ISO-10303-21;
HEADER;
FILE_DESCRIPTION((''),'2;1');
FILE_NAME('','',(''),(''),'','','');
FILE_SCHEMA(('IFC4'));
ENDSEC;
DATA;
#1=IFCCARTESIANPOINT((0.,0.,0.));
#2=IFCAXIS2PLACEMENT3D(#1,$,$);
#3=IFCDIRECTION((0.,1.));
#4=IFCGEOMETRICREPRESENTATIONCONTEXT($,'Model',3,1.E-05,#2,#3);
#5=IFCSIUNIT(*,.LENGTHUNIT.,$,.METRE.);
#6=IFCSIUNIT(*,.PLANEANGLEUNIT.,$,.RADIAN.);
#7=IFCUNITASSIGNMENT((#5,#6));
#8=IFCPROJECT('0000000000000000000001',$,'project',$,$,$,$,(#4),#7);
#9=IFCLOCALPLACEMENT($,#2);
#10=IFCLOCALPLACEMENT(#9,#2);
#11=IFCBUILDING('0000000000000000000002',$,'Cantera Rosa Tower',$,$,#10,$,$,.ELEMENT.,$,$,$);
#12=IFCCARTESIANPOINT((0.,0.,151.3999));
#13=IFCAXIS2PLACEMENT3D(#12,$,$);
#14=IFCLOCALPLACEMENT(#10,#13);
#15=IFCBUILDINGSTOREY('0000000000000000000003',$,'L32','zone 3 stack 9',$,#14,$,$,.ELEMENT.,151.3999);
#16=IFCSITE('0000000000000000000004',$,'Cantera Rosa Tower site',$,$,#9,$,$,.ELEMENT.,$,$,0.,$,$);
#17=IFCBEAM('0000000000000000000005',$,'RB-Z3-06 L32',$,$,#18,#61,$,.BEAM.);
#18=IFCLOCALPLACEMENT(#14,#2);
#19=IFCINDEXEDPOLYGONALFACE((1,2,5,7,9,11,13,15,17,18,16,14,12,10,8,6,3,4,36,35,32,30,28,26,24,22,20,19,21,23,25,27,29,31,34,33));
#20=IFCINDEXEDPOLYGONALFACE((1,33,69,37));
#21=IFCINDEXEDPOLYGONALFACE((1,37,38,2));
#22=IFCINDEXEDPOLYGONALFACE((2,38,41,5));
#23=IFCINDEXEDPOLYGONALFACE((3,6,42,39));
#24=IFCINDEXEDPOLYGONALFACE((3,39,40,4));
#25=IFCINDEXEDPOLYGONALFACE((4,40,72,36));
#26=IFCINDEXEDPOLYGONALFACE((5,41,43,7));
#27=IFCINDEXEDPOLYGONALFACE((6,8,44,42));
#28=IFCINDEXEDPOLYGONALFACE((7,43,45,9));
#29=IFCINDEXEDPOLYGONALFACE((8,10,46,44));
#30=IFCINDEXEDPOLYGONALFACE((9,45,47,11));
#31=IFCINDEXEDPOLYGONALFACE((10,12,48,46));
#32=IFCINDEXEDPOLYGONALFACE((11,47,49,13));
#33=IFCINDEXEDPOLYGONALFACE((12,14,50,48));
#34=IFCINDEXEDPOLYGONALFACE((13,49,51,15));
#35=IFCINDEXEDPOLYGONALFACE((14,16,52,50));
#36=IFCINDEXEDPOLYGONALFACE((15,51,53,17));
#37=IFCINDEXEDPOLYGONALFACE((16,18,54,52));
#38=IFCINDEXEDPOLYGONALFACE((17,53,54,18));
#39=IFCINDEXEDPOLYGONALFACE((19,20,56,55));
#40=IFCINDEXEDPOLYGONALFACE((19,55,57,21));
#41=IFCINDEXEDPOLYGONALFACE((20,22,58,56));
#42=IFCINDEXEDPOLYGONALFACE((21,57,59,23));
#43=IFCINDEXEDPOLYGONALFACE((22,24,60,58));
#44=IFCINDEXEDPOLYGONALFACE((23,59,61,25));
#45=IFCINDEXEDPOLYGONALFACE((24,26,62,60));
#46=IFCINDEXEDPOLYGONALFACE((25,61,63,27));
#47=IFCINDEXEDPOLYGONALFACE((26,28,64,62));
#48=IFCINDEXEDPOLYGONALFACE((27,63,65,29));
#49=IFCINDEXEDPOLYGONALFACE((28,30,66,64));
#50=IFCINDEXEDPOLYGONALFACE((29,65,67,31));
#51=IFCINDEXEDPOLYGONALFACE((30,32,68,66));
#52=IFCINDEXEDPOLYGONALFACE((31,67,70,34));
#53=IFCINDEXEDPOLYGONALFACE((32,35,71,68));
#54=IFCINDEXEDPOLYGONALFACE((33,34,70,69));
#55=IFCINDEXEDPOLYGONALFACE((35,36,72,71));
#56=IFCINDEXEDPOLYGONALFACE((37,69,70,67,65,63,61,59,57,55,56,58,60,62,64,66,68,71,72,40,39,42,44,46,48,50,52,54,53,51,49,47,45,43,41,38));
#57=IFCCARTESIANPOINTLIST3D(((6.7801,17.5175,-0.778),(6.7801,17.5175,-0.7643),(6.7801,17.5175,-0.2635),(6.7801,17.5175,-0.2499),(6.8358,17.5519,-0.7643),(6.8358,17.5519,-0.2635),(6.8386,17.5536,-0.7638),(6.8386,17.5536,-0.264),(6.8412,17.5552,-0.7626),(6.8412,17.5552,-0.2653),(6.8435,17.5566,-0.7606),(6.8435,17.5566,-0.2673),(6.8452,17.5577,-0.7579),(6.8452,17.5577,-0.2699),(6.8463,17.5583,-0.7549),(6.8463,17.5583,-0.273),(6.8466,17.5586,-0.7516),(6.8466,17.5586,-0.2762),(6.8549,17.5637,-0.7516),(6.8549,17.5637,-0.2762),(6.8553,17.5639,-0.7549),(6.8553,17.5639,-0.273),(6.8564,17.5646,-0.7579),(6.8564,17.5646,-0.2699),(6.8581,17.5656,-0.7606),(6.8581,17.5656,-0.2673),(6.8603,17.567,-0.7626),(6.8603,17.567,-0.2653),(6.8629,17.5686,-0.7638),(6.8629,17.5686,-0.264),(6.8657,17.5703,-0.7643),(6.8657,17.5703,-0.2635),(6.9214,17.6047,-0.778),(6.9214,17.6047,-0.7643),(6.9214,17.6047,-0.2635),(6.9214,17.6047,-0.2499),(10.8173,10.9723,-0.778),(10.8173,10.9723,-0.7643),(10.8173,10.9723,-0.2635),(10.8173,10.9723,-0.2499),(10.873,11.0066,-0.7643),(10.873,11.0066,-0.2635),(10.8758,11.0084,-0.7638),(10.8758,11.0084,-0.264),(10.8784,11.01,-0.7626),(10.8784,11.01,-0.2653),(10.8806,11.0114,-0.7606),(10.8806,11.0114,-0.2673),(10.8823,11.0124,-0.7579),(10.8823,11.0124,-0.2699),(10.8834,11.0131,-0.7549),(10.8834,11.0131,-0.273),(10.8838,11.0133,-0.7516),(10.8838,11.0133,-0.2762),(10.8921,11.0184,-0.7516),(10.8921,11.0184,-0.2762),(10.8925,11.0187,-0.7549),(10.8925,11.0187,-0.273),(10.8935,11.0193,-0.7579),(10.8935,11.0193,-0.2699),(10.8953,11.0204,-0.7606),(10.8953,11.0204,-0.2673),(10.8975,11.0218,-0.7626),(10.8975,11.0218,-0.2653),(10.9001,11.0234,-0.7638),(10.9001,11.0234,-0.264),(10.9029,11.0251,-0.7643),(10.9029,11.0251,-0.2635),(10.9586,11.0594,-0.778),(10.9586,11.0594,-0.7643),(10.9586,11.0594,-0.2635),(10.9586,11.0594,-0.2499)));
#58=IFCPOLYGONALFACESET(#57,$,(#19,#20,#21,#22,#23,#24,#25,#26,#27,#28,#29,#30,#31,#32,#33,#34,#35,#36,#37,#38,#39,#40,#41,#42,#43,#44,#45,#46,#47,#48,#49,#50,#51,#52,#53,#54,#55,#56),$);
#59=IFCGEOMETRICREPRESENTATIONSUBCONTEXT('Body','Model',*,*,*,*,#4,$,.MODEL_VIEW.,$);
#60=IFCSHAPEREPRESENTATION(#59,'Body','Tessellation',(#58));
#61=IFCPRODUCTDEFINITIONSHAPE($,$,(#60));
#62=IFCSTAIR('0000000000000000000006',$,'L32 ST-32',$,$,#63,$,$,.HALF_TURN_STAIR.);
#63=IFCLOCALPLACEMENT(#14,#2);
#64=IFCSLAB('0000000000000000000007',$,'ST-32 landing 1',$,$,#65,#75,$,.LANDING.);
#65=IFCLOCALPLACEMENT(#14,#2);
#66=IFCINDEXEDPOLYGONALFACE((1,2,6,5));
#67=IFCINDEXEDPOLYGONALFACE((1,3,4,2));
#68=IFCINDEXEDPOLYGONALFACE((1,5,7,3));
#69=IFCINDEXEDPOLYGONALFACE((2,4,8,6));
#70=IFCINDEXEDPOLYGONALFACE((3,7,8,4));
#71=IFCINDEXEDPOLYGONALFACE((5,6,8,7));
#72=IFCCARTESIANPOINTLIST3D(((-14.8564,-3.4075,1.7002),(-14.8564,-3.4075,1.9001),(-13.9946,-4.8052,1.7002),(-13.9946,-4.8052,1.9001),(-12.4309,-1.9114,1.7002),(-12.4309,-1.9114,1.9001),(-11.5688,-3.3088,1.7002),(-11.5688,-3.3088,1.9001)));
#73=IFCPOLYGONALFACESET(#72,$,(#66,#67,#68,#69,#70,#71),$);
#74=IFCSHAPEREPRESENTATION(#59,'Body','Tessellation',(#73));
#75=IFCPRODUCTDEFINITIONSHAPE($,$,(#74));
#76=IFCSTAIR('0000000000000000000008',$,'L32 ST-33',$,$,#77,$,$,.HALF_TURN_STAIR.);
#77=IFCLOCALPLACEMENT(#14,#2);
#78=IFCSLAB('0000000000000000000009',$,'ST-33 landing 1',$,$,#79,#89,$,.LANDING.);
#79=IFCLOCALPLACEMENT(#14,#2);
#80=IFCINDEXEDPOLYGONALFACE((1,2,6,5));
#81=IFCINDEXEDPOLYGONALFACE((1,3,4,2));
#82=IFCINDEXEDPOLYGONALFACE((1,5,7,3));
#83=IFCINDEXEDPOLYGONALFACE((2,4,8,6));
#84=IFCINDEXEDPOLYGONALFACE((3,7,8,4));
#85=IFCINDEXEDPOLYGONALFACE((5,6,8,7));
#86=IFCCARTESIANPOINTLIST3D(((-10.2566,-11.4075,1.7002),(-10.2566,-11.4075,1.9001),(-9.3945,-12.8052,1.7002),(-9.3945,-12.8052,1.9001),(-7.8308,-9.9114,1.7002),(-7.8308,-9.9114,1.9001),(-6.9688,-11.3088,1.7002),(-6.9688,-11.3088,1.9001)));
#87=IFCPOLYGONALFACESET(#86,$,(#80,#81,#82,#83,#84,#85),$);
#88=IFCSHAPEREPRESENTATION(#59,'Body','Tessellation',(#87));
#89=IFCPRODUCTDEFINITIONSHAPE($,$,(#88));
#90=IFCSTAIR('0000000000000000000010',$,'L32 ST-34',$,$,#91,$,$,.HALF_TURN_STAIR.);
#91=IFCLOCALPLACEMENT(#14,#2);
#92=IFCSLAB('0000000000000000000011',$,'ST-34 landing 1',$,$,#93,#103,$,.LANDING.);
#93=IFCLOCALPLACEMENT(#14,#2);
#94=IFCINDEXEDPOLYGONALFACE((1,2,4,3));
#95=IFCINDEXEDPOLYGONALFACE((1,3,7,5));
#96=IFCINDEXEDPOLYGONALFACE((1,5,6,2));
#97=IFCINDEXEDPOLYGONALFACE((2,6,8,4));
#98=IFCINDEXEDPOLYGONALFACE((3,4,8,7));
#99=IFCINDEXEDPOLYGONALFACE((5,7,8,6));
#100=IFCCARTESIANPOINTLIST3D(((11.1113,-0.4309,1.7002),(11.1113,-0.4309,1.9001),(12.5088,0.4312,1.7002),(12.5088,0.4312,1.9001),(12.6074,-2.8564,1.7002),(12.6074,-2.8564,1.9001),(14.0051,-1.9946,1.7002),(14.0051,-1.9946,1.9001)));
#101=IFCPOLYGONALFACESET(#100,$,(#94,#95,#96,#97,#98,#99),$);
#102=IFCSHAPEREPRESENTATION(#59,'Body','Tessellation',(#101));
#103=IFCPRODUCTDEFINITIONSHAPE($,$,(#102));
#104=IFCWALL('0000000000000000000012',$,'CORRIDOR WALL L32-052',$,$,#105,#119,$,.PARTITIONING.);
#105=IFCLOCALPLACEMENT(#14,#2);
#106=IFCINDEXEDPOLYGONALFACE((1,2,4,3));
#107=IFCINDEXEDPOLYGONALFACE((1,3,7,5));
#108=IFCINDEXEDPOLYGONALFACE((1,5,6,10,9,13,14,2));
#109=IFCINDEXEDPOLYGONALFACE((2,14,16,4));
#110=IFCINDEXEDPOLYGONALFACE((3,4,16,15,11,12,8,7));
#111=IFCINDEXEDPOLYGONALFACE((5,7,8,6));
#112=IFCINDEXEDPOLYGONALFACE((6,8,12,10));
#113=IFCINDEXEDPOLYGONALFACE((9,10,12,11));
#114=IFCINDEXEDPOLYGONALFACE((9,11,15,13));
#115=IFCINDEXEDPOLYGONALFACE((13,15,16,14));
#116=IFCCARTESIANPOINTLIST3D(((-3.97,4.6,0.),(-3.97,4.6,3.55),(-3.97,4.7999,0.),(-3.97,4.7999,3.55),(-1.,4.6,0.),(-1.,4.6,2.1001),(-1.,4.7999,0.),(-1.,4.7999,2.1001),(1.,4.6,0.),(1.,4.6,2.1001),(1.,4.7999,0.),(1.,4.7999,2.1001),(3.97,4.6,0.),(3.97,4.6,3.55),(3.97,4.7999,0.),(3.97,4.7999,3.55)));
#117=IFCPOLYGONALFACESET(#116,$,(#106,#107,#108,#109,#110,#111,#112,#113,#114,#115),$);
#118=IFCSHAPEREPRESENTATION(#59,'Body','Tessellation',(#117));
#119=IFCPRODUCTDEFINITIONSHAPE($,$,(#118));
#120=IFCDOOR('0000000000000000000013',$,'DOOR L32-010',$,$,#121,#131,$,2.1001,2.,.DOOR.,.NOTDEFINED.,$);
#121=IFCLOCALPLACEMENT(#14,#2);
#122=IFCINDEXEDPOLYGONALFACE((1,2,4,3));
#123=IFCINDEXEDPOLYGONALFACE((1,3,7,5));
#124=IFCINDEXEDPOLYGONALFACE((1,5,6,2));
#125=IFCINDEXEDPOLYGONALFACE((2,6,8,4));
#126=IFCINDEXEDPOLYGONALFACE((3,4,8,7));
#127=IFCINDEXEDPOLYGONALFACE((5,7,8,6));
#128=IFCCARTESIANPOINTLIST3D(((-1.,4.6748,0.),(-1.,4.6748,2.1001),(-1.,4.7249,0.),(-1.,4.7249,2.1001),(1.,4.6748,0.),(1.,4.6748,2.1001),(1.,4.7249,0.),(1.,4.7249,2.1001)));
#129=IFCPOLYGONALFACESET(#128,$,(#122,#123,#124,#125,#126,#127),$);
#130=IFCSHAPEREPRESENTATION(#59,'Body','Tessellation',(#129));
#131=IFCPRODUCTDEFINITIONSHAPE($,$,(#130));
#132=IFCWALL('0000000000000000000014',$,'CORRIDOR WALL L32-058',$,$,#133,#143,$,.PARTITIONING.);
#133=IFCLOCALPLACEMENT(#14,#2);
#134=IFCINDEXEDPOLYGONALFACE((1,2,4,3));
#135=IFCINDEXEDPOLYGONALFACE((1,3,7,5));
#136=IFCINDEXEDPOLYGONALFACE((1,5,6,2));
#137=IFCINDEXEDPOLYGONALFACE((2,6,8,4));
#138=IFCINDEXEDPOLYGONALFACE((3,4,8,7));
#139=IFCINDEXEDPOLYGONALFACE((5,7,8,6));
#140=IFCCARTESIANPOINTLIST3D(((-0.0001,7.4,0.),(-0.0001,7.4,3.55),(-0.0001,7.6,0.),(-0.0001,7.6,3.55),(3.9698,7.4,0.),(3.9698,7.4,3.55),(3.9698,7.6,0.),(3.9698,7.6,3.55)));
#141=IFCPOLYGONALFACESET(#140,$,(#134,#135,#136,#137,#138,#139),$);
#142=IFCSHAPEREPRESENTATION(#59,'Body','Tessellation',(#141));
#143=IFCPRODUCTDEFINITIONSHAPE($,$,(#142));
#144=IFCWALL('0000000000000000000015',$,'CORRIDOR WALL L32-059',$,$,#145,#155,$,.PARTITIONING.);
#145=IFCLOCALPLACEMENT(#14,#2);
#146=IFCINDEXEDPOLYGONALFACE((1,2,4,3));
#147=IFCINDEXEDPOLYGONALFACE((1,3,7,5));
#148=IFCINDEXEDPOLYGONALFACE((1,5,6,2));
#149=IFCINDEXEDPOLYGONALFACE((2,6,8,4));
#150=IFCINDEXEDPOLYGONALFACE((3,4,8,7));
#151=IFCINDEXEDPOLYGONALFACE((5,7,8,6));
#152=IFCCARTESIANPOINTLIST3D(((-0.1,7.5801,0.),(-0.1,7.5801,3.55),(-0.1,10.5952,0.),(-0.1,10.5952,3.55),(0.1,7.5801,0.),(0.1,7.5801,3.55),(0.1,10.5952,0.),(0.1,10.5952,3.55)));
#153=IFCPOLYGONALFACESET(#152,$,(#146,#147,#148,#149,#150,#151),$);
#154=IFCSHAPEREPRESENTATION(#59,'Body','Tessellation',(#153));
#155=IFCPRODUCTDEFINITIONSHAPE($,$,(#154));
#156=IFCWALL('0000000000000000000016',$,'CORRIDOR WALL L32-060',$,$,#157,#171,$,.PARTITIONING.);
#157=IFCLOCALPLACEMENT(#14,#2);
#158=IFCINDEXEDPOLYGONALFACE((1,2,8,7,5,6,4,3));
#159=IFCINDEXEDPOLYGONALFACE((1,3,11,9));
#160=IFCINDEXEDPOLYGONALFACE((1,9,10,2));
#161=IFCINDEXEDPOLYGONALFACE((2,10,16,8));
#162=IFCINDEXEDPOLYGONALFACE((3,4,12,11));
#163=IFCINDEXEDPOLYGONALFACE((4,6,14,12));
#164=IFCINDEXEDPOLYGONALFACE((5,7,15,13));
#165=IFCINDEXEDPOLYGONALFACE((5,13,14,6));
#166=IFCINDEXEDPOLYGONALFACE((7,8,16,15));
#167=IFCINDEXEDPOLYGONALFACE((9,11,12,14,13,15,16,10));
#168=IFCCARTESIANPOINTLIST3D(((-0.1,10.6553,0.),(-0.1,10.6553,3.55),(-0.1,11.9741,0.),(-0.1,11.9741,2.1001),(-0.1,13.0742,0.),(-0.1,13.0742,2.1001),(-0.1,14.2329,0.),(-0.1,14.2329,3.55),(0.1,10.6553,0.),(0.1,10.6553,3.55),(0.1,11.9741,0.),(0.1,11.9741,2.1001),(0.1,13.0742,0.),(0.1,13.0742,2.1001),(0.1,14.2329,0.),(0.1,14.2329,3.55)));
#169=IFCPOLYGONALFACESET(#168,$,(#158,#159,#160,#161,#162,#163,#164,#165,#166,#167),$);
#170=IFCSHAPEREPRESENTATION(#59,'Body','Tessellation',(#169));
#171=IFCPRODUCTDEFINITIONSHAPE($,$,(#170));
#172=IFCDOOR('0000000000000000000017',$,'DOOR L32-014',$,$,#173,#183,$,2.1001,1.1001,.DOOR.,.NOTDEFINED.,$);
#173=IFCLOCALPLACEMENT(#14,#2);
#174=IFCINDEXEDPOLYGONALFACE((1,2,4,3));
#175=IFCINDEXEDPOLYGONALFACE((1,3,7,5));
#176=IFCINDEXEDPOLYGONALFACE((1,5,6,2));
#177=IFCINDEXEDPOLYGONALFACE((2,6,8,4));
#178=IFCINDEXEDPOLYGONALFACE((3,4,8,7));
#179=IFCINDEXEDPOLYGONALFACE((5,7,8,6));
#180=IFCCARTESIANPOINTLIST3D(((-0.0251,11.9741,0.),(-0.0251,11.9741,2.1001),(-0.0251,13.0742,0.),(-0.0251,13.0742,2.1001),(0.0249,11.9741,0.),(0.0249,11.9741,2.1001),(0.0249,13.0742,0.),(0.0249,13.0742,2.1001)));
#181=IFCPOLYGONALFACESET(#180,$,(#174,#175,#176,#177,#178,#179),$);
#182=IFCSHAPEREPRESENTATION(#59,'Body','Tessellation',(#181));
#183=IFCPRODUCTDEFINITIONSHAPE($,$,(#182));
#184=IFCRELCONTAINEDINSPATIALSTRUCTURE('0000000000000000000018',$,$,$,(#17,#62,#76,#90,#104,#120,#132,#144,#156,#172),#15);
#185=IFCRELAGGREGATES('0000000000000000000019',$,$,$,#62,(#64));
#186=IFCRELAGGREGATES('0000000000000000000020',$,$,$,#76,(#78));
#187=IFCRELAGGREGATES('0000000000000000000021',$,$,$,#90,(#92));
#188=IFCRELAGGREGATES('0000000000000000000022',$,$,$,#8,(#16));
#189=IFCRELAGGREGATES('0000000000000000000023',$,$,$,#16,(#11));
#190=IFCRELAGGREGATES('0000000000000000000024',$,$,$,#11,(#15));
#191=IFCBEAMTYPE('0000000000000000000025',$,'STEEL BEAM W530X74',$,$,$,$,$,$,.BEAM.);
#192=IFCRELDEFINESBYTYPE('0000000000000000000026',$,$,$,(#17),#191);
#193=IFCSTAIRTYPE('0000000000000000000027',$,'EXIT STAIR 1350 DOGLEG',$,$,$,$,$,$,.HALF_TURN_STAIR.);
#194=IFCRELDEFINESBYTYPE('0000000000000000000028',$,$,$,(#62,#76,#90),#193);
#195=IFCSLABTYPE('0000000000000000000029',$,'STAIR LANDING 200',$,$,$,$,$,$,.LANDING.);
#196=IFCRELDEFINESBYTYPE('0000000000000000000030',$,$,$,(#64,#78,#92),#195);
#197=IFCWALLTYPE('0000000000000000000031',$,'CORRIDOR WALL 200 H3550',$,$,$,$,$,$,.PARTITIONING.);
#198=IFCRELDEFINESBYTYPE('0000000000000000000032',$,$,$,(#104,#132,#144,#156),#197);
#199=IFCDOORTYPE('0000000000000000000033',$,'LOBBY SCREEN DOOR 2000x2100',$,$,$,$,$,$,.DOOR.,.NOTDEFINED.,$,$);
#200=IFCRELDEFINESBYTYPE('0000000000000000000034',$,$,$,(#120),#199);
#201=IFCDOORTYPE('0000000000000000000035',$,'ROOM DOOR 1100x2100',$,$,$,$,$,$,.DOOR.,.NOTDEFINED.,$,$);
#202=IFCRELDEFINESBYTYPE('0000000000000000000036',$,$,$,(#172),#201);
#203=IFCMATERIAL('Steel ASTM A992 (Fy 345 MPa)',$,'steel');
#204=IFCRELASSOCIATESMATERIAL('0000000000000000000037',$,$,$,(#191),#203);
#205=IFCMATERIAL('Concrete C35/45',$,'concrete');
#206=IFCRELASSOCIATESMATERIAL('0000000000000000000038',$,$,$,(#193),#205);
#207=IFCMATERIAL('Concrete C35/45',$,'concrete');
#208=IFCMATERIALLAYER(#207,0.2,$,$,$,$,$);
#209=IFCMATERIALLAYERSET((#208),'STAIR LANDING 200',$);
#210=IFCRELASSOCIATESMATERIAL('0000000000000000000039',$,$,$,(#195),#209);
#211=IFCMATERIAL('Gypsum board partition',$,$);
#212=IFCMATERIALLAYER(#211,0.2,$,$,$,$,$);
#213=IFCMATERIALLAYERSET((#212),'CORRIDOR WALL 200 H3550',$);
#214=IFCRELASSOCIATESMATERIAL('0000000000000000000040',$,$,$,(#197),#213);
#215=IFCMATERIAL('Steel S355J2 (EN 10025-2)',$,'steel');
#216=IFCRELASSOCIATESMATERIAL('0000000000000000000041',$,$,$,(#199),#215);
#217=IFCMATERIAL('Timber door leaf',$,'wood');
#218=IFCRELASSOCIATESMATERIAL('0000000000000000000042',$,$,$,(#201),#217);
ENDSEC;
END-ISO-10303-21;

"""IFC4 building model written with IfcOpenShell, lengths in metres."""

from ifc_helpers import new_model, si_unit, direction, frame, frame_2d, origin, origin_2d, place, context, subcontext, project, spatial, polyline, rectangle, i_section, outline, extrude, material, layer, layer_set, material_profile, profile_set, type_object, element, fill, aggregate, save


model = new_model("IFC4")

# Units and contexts
model_context = context("Model", 3, precision=1e-05, world=origin(), true_north=direction((0.0, 1.0)))
body_context = subcontext(model_context, "Body", "Model", "MODEL_VIEW")
ifc_project = project(units=[si_unit("LENGTHUNIT", "METRE"), si_unit("PLANEANGLEUNIT", "RADIAN")], contexts=[model_context])

# Site, building, storey
site_placement = place(None, origin())
site = spatial("IfcSite", under=ifc_project, at=site_placement, Name="Cantera Rosa Tower site", CompositionType="ELEMENT", RefElevation=0.0)
building_placement = place(site_placement, origin())
building = spatial("IfcBuilding", under=site, at=building_placement, Name="Cantera Rosa Tower", CompositionType="ELEMENT")
storey_placement = place(building_placement, frame((0.0, 0.0, 151.3999)))
storey = spatial("IfcBuildingStorey", under=building, at=storey_placement, Name="L32", Description="zone 3 stack 9", CompositionType="ELEMENT", Elevation=151.3999)

# Beam
ifc_material_1 = material(Name="Steel ASTM A992 (Fy 345 MPa)", Category="steel")
ifc_material_profile = material_profile(ifc_material_1, i_section(OverallWidth=0.166, OverallDepth=0.5281, WebThickness=0.0098, FlangeThickness=0.0137, FilletRadius=0.0127, at=origin_2d()), Name="W530X74")
ifc_profile_set = profile_set([ifc_material_profile], Name="Steel ASTM A992 (Fy 345 MPa)")
beam_type = type_object("IfcBeamType", Name="STEEL BEAM W530X74", PredefinedType="BEAM", material=ifc_profile_set)
beam_placement = place(storey_placement, frame((10.8879, 11.0159, -0.5139), z_axis=(-0.524976, 0.851117, 0.0), x_axis=(-0.851117, -0.524976, 0.0)))
element("IfcBeam", 1, at=beam_placement, inside=storey, type_object=beam_type, Name="RB-Z3-06 L32", PredefinedType="BEAM", context=body_context, shape_type="SweptSolid", body=[
    extrude(i_section(OverallWidth=0.166, OverallDepth=0.5281, WebThickness=0.0098, FlangeThickness=0.0137, FilletRadius=0.0127, at=origin_2d()), origin(), (0.0, 0.0, 1.0), 7.6902),
])

# Stairs, slabs
ifc_material_2 = material(Name="Concrete C35/45", Category="concrete")
stair_type = type_object("IfcStairType", Name="EXIT STAIR 1350 DOGLEG", PredefinedType="HALF_TURN_STAIR", material=ifc_material_2)
stair_1_placement = place(storey_placement, origin())
stair_1 = element("IfcStair", 2, at=stair_1_placement, inside=storey, type_object=stair_type, Name="L32 ST-32", PredefinedType="HALF_TURN_STAIR")
ifc_material_3 = material(Name="Concrete C35/45", Category="concrete")
ifc_layer_1 = layer(ifc_material_3, 0.2)
ifc_layer_set_1 = layer_set([ifc_layer_1], Name="STAIR LANDING 200")
slab_type = type_object("IfcSlabType", Name="STAIR LANDING 200", PredefinedType="LANDING", material=ifc_layer_set_1)
slab_1_placement = place(storey_placement, frame((0.0, 0.0, 1.7002)))
slab_1 = element("IfcSlab", 3, at=slab_1_placement, type_object=slab_type, Name="ST-32 landing 1", PredefinedType="LANDING", context=body_context, shape_type="SweptSolid", body=[
    extrude(outline(polyline([(-11.5688, -3.3088), (-12.4309, -1.9114), (-14.8564, -3.4075), (-13.9946, -4.8052), (-11.5688, -3.3088)])), origin(), (0.0, 0.0, 1.0), 0.2),
])
aggregate(stair_1, [slab_1])
stair_2_placement = place(storey_placement, origin())
stair_2 = element("IfcStair", 4, at=stair_2_placement, inside=storey, type_object=stair_type, Name="L32 ST-33", PredefinedType="HALF_TURN_STAIR")
slab_2_placement = place(storey_placement, frame((0.0, 0.0, 1.7002)))
slab_2 = element("IfcSlab", 5, at=slab_2_placement, type_object=slab_type, Name="ST-33 landing 1", PredefinedType="LANDING", context=body_context, shape_type="SweptSolid", body=[
    extrude(outline(polyline([(-6.9688, -11.3088), (-7.8308, -9.9114), (-10.2566, -11.4075), (-9.3945, -12.8052), (-6.9688, -11.3088)])), origin(), (0.0, 0.0, 1.0), 0.2),
])
aggregate(stair_2, [slab_2])
stair_3_placement = place(storey_placement, origin())
stair_3 = element("IfcStair", 6, at=stair_3_placement, inside=storey, type_object=stair_type, Name="L32 ST-34", PredefinedType="HALF_TURN_STAIR")
slab_3_placement = place(storey_placement, frame((0.0, 0.0, 1.7002)))
slab_3 = element("IfcSlab", 7, at=slab_3_placement, type_object=slab_type, Name="ST-34 landing 1", PredefinedType="LANDING", context=body_context, shape_type="SweptSolid", body=[
    extrude(outline(polyline([(12.5088, 0.4312), (11.1113, -0.4309), (12.6074, -2.8564), (14.0051, -1.9946), (12.5088, 0.4312)])), origin(), (0.0, 0.0, 1.0), 0.2),
])
aggregate(stair_3, [slab_3])

# Wall, opening, door
ifc_material_4 = material(Name="Gypsum board partition")
ifc_layer_2 = layer(ifc_material_4, 0.2)
ifc_layer_set_2 = layer_set([ifc_layer_2], Name="CORRIDOR WALL 200 H3550")
wall_type_1 = type_object("IfcWallType", Name="CORRIDOR WALL 200 H3550", PredefinedType="PARTITIONING", material=ifc_layer_set_2)
wall_1_placement = place(storey_placement, frame((-3.97, 4.7, 0.0), z_axis=(0.0, 0.0, 1.0), x_axis=(1.0, 0.0, 0.0)))
wall_1 = element("IfcWall", 8, at=wall_1_placement, inside=storey, type_object=wall_type_1, Name="CORRIDOR WALL L32-052", PredefinedType="PARTITIONING", context=body_context, shape_type="SweptSolid", body=[
    extrude(rectangle(XDim=7.9399, YDim=0.2, at=frame_2d((3.97, 0.0))), origin(), (0.0, 0.0, 1.0), 3.55),
])
opening_1_placement = place(wall_1_placement, frame((2.97, 0.0, 0.0)))
opening_1 = element("IfcOpeningElement", 9, at=opening_1_placement, cuts=wall_1, PredefinedType="OPENING", context=body_context, shape_type="SweptSolid", body=[
    extrude(rectangle(XDim=2.0, YDim=2.1001, at=frame_2d((1.0, 1.05))), frame((0.0, 0.1099, 0.0), z_axis=(0.0, -1.0, 0.0), x_axis=(1.0, 0.0, 0.0)), (0.0, 0.0, 1.0), 0.22),
])
ifc_material_5 = material(Name="Steel S355J2 (EN 10025-2)", Category="steel")
door_type_1 = type_object("IfcDoorType", Name="LOBBY SCREEN DOOR 2000x2100", OperationType="NOTDEFINED", PredefinedType="DOOR", material=ifc_material_5)
door_1_placement = place(opening_1_placement, origin())
door_1 = element("IfcDoor", 10, at=door_1_placement, inside=storey, type_object=door_type_1, Name="DOOR L32-010", OperationType="NOTDEFINED", OverallHeight=2.1001, OverallWidth=2.0, PredefinedType="DOOR", context=body_context, shape_type="SweptSolid", body=[
    extrude(rectangle(XDim=2.0, YDim=2.1001, at=frame_2d((1.0, 1.05))), frame((0.0, 0.0249, 0.0), z_axis=(0.0, -1.0, 0.0), x_axis=(1.0, 0.0, 0.0)), (0.0, 0.0, 1.0), 0.05),
])
fill(opening_1, door_1)

# Walls
wall_2_placement = place(storey_placement, frame((0.0, 7.5, 0.0), z_axis=(0.0, 0.0, 1.0), x_axis=(1.0, 0.0, 0.0)))
element("IfcWall", 11, at=wall_2_placement, inside=storey, type_object=wall_type_1, Name="CORRIDOR WALL L32-058", PredefinedType="PARTITIONING", context=body_context, shape_type="SweptSolid", body=[
    extrude(rectangle(XDim=3.97, YDim=0.2, at=frame_2d((1.9849, 0.0))), origin(), (0.0, 0.0, 1.0), 3.55),
])
wall_3_placement = place(storey_placement, frame((0.0, 10.5952, 0.0), z_axis=(0.0, 0.0, 1.0), x_axis=(0.0, -1.0, 0.0)))
element("IfcWall", 12, at=wall_3_placement, inside=storey, type_object=wall_type_1, Name="CORRIDOR WALL L32-059", PredefinedType="PARTITIONING", context=body_context, shape_type="SweptSolid", body=[
    extrude(rectangle(XDim=3.0151, YDim=0.2, at=frame_2d((1.5076, 0.0))), origin(), (0.0, 0.0, 1.0), 3.55),
])

# Wall, opening, door
wall_4_placement = place(storey_placement, frame((0.0, 14.2329, 0.0), z_axis=(0.0, 0.0, 1.0), x_axis=(0.0, -1.0, 0.0)))
wall_4 = element("IfcWall", 13, at=wall_4_placement, inside=storey, type_object=wall_type_1, Name="CORRIDOR WALL L32-060", PredefinedType="PARTITIONING", context=body_context, shape_type="SweptSolid", body=[
    extrude(rectangle(XDim=3.5776, YDim=0.2, at=frame_2d((1.7888, 0.0))), origin(), (0.0, 0.0, 1.0), 3.55),
])
opening_2_placement = place(wall_4_placement, frame((1.1587, 0.0, 0.0)))
opening_2 = element("IfcOpeningElement", 14, at=opening_2_placement, cuts=wall_4, PredefinedType="OPENING", context=body_context, shape_type="SweptSolid", body=[
    extrude(rectangle(XDim=1.1001, YDim=2.1001, at=frame_2d((0.55, 1.05))), frame((0.0, 0.1099, 0.0), z_axis=(0.0, -1.0, 0.0), x_axis=(1.0, 0.0, 0.0)), (0.0, 0.0, 1.0), 0.22),
])
ifc_material_6 = material(Name="Timber door leaf", Category="wood")
door_type_2 = type_object("IfcDoorType", Name="ROOM DOOR 1100x2100", OperationType="NOTDEFINED", PredefinedType="DOOR", material=ifc_material_6)
door_2_placement = place(opening_2_placement, origin())
door_2 = element("IfcDoor", 15, at=door_2_placement, inside=storey, type_object=door_type_2, Name="DOOR L32-014", OperationType="NOTDEFINED", OverallHeight=2.1001, OverallWidth=1.1001, PredefinedType="DOOR", context=body_context, shape_type="SweptSolid", body=[
    extrude(rectangle(XDim=1.1001, YDim=2.1001, at=frame_2d((0.55, 1.05))), frame((0.0, 0.0249, 0.0), z_axis=(0.0, -1.0, 0.0), x_axis=(1.0, 0.0, 0.0)), (0.0, 0.0, 1.0), 0.05),
])
fill(opening_2, door_2)

save(model, "model.ifc")
